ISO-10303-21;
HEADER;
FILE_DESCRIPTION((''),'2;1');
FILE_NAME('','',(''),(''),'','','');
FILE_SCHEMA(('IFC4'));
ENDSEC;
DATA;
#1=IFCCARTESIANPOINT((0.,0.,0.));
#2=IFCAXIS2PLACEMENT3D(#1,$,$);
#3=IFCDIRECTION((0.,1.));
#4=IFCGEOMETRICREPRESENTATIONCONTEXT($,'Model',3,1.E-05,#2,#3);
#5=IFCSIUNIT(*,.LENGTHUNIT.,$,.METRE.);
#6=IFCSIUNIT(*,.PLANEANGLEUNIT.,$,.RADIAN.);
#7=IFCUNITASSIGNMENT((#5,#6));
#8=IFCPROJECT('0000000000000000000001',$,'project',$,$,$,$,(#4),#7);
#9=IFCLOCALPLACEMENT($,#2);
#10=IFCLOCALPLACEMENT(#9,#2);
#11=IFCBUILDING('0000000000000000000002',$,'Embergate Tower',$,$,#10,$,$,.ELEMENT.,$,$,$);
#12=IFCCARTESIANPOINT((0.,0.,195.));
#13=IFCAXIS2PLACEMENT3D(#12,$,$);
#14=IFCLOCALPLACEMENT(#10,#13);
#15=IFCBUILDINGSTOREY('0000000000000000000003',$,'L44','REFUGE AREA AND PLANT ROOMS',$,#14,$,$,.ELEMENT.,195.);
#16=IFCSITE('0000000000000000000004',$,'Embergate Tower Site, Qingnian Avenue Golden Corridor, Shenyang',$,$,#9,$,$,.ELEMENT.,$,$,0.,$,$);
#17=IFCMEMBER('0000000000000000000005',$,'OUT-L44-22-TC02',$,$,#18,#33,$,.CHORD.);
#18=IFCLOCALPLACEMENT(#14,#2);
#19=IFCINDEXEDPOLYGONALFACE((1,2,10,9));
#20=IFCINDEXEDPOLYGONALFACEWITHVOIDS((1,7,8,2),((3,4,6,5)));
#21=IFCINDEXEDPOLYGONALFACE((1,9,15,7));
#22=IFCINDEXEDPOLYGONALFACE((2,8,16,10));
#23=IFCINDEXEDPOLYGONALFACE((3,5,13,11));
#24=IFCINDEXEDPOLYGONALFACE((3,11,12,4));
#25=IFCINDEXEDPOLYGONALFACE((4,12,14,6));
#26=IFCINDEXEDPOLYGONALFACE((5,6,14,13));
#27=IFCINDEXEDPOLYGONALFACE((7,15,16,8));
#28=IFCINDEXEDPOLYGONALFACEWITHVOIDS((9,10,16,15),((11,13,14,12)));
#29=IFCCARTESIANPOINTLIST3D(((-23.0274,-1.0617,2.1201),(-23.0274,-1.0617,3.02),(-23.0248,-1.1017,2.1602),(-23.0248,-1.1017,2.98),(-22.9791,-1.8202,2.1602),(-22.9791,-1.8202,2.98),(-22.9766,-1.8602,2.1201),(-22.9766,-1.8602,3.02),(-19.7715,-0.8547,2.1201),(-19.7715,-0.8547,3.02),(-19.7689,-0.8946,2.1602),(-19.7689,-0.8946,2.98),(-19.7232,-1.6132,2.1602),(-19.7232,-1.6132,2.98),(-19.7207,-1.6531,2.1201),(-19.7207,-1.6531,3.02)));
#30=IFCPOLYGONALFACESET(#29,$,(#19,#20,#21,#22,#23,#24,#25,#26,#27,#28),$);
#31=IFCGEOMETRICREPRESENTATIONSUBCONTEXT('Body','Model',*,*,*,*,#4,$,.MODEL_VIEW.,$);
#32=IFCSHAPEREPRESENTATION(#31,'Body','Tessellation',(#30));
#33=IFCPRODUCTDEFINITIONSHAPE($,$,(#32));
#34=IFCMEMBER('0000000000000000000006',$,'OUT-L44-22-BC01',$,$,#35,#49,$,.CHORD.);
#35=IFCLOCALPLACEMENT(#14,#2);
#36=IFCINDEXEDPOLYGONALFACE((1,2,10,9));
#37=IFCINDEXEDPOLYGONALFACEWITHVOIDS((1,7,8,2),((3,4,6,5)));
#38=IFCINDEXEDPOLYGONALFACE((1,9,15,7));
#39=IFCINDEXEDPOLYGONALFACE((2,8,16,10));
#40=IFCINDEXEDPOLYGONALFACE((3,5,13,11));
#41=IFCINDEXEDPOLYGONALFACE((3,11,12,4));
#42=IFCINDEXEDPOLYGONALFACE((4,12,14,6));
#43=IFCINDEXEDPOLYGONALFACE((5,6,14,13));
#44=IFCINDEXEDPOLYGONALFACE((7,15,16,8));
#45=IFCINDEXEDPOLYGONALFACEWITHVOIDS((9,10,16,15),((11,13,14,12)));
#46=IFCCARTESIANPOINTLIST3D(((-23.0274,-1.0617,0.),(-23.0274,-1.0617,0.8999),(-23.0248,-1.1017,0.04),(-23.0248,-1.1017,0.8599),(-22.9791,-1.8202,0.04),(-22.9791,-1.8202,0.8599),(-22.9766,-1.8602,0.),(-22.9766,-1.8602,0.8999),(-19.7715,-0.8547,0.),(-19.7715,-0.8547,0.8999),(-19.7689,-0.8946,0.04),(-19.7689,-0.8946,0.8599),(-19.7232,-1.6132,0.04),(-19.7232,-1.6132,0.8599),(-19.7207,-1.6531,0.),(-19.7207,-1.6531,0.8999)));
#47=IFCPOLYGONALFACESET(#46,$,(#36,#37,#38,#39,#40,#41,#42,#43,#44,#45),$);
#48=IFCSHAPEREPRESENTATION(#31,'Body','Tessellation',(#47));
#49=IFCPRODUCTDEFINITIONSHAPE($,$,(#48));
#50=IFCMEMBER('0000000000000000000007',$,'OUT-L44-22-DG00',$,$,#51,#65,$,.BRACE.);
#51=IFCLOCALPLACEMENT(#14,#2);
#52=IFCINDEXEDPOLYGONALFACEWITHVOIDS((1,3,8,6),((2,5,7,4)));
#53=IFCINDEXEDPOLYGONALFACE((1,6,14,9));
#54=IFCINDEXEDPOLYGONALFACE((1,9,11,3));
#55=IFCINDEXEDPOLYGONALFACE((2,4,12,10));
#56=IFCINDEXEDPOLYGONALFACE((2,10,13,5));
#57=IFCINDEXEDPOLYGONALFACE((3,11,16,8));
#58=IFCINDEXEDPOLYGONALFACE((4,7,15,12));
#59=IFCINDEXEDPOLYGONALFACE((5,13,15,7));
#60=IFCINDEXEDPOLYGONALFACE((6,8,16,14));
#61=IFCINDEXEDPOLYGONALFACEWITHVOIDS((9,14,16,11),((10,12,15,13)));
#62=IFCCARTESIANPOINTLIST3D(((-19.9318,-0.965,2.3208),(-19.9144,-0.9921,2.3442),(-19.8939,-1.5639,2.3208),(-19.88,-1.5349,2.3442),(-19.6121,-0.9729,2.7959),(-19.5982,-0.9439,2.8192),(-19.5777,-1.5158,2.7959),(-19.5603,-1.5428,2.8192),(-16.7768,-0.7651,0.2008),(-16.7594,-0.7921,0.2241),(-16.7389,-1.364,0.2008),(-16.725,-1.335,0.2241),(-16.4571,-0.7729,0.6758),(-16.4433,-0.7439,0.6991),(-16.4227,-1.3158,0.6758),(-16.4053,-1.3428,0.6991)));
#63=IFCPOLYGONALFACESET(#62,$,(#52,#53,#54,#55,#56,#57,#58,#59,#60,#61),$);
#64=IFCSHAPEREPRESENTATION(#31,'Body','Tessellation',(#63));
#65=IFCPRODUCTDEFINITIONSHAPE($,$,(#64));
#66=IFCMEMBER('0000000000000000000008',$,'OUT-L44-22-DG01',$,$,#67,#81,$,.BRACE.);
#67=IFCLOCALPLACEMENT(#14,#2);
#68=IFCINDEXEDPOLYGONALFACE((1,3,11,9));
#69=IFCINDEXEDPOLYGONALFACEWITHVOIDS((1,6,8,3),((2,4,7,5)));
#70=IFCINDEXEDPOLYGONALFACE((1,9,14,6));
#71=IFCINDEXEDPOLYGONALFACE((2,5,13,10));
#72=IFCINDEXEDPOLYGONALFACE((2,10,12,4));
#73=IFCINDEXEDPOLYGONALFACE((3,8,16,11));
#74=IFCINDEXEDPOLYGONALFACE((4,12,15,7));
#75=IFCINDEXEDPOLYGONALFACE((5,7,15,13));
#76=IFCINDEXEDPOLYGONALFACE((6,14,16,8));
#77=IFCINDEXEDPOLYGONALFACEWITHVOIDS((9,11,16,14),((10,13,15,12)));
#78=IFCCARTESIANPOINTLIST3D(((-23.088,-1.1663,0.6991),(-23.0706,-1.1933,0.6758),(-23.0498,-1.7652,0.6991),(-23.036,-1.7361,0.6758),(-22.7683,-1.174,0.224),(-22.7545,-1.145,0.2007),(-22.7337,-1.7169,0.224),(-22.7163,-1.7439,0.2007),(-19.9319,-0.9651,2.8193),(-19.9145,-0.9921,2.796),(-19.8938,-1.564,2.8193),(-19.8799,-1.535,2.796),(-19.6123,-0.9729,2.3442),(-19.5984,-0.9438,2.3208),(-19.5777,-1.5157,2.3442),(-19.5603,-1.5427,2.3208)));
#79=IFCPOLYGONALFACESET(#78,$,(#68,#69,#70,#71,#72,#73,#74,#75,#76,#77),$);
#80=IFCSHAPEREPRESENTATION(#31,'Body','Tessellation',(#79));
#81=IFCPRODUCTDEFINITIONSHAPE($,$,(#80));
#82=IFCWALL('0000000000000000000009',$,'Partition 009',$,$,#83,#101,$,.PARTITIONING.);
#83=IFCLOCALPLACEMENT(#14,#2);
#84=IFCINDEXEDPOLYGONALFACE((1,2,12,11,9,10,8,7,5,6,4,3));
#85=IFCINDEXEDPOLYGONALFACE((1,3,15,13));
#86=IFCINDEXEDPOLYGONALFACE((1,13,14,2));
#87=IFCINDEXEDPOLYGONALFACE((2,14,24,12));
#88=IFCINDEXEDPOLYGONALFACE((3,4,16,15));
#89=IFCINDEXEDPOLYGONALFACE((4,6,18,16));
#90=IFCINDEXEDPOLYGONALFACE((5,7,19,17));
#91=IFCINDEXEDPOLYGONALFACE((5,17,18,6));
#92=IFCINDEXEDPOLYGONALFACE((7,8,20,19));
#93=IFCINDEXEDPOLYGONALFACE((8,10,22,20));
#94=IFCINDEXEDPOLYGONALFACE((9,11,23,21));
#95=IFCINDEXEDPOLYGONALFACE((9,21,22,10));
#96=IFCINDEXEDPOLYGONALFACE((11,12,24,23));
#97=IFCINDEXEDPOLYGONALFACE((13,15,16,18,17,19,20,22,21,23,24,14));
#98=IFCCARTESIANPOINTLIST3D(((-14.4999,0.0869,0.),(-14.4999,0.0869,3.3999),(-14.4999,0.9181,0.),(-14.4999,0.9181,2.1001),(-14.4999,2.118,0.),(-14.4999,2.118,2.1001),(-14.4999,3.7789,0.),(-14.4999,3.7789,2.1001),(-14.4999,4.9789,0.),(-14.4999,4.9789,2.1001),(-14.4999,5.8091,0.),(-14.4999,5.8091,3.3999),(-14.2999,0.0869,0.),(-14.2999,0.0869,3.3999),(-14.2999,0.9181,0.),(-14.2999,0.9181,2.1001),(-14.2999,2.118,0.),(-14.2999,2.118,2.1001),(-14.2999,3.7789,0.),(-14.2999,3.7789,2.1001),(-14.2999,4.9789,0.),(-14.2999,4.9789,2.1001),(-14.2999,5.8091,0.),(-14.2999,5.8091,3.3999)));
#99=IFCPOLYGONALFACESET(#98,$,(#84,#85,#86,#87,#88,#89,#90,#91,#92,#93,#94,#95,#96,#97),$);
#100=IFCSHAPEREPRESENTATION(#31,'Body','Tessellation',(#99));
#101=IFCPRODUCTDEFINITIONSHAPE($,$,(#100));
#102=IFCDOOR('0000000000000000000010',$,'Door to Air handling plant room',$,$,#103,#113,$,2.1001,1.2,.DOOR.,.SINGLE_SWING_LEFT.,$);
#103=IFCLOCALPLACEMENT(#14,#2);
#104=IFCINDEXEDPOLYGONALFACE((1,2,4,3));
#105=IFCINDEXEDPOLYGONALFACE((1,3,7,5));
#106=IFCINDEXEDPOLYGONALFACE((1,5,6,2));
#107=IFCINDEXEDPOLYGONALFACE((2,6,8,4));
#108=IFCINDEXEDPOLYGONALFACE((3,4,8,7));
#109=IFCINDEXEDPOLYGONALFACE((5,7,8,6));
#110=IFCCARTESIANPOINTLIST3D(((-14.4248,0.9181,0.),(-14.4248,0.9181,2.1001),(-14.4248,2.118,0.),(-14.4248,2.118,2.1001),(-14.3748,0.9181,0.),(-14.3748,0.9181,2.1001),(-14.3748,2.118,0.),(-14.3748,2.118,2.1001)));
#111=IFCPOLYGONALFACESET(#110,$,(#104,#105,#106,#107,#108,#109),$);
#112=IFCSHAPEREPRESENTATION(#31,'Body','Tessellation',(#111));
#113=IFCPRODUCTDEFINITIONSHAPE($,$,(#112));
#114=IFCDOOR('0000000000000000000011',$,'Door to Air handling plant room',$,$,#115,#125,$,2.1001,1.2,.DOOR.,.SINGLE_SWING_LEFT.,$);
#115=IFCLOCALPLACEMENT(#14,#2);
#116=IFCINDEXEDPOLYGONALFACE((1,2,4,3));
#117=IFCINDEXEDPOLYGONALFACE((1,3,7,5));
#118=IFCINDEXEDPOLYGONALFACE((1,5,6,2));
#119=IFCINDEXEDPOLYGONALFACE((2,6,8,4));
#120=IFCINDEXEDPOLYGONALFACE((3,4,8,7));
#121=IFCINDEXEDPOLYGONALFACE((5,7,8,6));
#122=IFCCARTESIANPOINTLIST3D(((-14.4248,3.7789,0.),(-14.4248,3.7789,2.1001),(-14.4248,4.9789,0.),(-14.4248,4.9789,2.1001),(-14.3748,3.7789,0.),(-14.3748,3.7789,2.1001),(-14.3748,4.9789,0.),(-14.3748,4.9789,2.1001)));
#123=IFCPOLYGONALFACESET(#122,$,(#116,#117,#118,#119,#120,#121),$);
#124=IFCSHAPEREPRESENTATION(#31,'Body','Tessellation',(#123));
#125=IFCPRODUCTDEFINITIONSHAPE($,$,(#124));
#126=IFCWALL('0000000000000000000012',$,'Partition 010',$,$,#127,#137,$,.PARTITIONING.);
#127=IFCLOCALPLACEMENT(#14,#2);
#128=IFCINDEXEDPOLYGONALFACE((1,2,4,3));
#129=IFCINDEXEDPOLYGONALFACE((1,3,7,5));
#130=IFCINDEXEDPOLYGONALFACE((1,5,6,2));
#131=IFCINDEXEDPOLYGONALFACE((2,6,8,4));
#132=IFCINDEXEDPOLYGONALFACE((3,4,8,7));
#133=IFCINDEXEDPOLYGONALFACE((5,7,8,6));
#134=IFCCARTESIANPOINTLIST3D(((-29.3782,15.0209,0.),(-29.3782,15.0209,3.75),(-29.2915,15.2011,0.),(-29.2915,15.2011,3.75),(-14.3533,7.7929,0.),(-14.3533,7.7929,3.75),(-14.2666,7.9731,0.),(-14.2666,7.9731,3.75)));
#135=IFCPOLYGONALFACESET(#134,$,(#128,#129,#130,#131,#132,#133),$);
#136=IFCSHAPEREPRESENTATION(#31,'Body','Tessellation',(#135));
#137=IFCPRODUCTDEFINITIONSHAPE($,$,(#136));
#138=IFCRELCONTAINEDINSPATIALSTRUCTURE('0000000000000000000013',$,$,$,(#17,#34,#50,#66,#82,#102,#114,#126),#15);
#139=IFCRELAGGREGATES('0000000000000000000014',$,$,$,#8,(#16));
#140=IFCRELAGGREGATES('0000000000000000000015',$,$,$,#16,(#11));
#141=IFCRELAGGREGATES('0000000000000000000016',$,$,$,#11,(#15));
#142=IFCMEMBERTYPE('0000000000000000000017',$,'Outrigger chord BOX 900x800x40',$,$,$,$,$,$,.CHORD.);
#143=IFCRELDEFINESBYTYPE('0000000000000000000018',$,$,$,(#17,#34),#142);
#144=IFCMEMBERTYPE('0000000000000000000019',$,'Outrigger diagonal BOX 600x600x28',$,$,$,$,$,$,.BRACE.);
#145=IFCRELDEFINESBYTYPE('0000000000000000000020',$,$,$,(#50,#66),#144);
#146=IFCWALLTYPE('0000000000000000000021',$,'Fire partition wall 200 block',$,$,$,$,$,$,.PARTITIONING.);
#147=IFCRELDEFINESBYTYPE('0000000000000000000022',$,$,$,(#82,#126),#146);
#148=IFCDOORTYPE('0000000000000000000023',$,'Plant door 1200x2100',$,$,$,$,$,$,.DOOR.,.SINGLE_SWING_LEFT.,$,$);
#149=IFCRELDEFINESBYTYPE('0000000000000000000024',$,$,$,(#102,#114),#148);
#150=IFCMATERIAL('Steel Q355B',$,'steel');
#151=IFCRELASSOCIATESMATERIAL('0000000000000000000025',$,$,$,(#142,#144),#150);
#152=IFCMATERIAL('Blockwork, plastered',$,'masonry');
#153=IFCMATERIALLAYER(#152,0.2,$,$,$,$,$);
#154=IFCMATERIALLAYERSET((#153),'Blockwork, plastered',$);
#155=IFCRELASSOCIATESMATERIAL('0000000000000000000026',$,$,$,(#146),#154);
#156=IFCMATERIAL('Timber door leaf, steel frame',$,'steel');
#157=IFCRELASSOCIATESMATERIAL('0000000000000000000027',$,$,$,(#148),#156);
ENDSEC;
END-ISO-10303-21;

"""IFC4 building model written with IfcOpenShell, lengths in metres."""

from ifc_helpers import new_model, si_unit, direction, frame, frame_2d, origin, origin_2d, place, context, subcontext, project, spatial, rectangle, hollow_rectangle, extrude, source, transform, mapped, material, layer, layer_set, material_profile, profile_set, type_object, element, fill, save


model = new_model("IFC4")

# Units and contexts
model_context = context("Model", 3, precision=1e-05, world=origin(), true_north=direction((0.0, 1.0)))
body_context = subcontext(model_context, "Body", "Model", "MODEL_VIEW")
ifc_project = project(units=[si_unit("LENGTHUNIT", "METRE"), si_unit("PLANEANGLEUNIT", "RADIAN")], contexts=[model_context])

# Site, building, storey
site_placement = place(None, origin())
site = spatial("IfcSite", under=ifc_project, at=site_placement, Name="Embergate Tower Site, Qingnian Avenue Golden Corridor, Shenyang", CompositionType="ELEMENT", RefElevation=0.0)
building_placement = place(site_placement, origin())
building = spatial("IfcBuilding", under=site, at=building_placement, Name="Embergate Tower", CompositionType="ELEMENT")
storey_placement = place(building_placement, frame((0.0, 0.0, 195.0)))
storey = spatial("IfcBuildingStorey", under=building, at=storey_placement, Name="L44", Description="REFUGE AREA AND PLANT ROOMS", CompositionType="ELEMENT", Elevation=195.0)

# Members
ifc_material_1 = material(Name="Steel Q355B", Category="steel")
ifc_material_profile_1 = material_profile(ifc_material_1, hollow_rectangle(XDim=0.8, YDim=0.8999, WallThickness=0.04, at=origin_2d()), Name="BOX 900x800x40")
ifc_profile_set_1 = profile_set([ifc_material_profile_1], Name="Steel Q355 grade B")
member_type_1 = type_object("IfcMemberType", Name="Outrigger chord BOX 900x800x40", PredefinedType="CHORD", material=ifc_profile_set_1)
ifc_material_profile_2 = material_profile(ifc_material_1, hollow_rectangle(XDim=0.6001, YDim=0.6001, WallThickness=0.0281, at=origin_2d()), Name="BOX 600x600x28")
ifc_profile_set_2 = profile_set([ifc_material_profile_2], Name="Steel Q355 grade B")
member_type_2 = type_object("IfcMemberType", Name="Outrigger diagonal BOX 600x600x28", PredefinedType="BRACE", material=ifc_profile_set_2)
shared_shape_1 = source(origin(), body_context, "Body", "SweptSolid", [
    extrude(hollow_rectangle(XDim=0.8, YDim=0.8999, WallThickness=0.04, at=origin_2d()), origin(), (0.0, 0.0, 1.0), 3.2625),
])
for number, where, z_axis, x_axis, name in (
    (1, (-19.7461, -1.2539, 2.5701), (-0.997984, -0.063459, 0.0), (0.063459, -0.997984, 0.0), "OUT-L44-22-TC02"),
    (2, (-19.7461, -1.2539, 0.45), (-0.997984, -0.063459, 0.0), (0.063459, -0.997984, 0.0), "OUT-L44-22-BC01"),
):
    element("IfcMember", number, at=place(storey_placement, frame(where, z_axis=z_axis, x_axis=x_axis)), inside=storey, type_object=member_type_1, Name=name, PredefinedType="CHORD", context=body_context, shape_type="MappedRepresentation", body=[
        mapped(shared_shape_1, transform((0.0, 0.0, 0.0))),
    ])
shared_shape_2 = source(origin(), body_context, "Body", "SweptSolid", [
    extrude(hollow_rectangle(XDim=0.6001, YDim=0.6001, WallThickness=0.0281, at=origin_2d()), origin(), (0.0, 0.0, 1.0), 3.8064),
])
member_1_placement = place(storey_placement, frame((-16.5911, -1.054, 0.45), z_axis=(-0.828863, -0.05253, 0.55698), x_axis=(0.063248, -0.997998, 0.0)))
element("IfcMember", 3, at=member_1_placement, inside=storey, type_object=member_type_2, Name="OUT-L44-22-DG00", PredefinedType="BRACE", context=body_context, shape_type="MappedRepresentation", body=[
    mapped(shared_shape_2, transform((0.0, 0.0, 0.0))),
])
shared_shape_3 = source(origin(), body_context, "Body", "SweptSolid", [
    extrude(hollow_rectangle(XDim=0.6001, YDim=0.6001, WallThickness=0.0281, at=origin_2d()), origin(), (0.0, 0.0, 1.0), 3.8074),
])
member_2_placement = place(storey_placement, frame((-19.7461, -1.2539, 2.5701), z_axis=(-0.82893, -0.052838, -0.556852), x_axis=(0.063613, -0.997975, 0.0)))
element("IfcMember", 4, at=member_2_placement, inside=storey, type_object=member_type_2, Name="OUT-L44-22-DG01", PredefinedType="BRACE", context=body_context, shape_type="MappedRepresentation", body=[
    mapped(shared_shape_3, transform((0.0, 0.0, 0.0))),
])

# Wall, openings, doors
ifc_material_2 = material(Name="Blockwork, plastered", Category="masonry")
ifc_layer = layer(ifc_material_2, 0.2)
ifc_layer_set = layer_set([ifc_layer], Name="Blockwork, plastered")
wall_type = type_object("IfcWallType", Name="Fire partition wall 200 block", PredefinedType="PARTITIONING", material=ifc_layer_set)
shared_shape_4 = source(origin(), body_context, "Body", "SweptSolid", [
    extrude(rectangle(XDim=5.7222, YDim=0.2, at=frame_2d((2.8611, 0.0))), origin(), (0.0, 0.0, 1.0), 3.3999),
])
wall_1_placement = place(storey_placement, frame((-14.3999, 0.0869, 0.0), z_axis=(0.0, 0.0, 1.0), x_axis=(0.0, 1.0, 0.0)))
wall_1 = element("IfcWall", 5, at=wall_1_placement, inside=storey, type_object=wall_type, Name="Partition 009", PredefinedType="PARTITIONING", context=body_context, shape_type="MappedRepresentation", body=[
    mapped(shared_shape_4, transform((0.0, 0.0, 0.0))),
])
shared_shape_5 = source(origin(), body_context, "Body", "SweptSolid", [
    extrude(rectangle(XDim=1.2, YDim=2.1001, at=frame_2d((0.6001, 1.05))), frame((0.0, 0.1099, 0.0), z_axis=(0.0, -1.0, 0.0), x_axis=(1.0, 0.0, 0.0)), (0.0, 0.0, 1.0), 0.22),
])
opening_1_placement = place(wall_1_placement, frame((0.8311, 0.0, 0.0)))
opening_1 = element("IfcOpeningElement", 6, at=opening_1_placement, cuts=wall_1, PredefinedType="OPENING", context=body_context, shape_type="MappedRepresentation", body=[
    mapped(shared_shape_5, transform((0.0, 0.0, 0.0))),
])
opening_2_placement = place(wall_1_placement, frame((3.6919, 0.0, 0.0)))
opening_2 = element("IfcOpeningElement", 7, at=opening_2_placement, cuts=wall_1, PredefinedType="OPENING", context=body_context, shape_type="MappedRepresentation", body=[
    mapped(shared_shape_5, transform((0.0, 0.0, 0.0))),
])
ifc_material_3 = material(Name="Timber door leaf, steel frame", Category="steel")
door_type_1 = type_object("IfcDoorType", Name="Plant door 1200x2100", OperationType="SINGLE_SWING_LEFT", PredefinedType="DOOR", material=ifc_material_3)
shared_shape_6 = source(origin(), body_context, "Body", "SweptSolid", [
    extrude(rectangle(XDim=1.2, YDim=2.1001, at=frame_2d((0.6001, 1.05))), frame((0.0, 0.0249, 0.0), z_axis=(0.0, -1.0, 0.0), x_axis=(1.0, 0.0, 0.0)), (0.0, 0.0, 1.0), 0.05),
])
door_1_placement = place(opening_1_placement, origin())
door_1 = element("IfcDoor", 8, at=door_1_placement, inside=storey, type_object=door_type_1, Name="Door to Air handling plant room", OperationType="SINGLE_SWING_LEFT", OverallHeight=2.1001, OverallWidth=1.2, PredefinedType="DOOR", context=body_context, shape_type="MappedRepresentation", body=[
    mapped(shared_shape_6, transform((0.0, 0.0, 0.0))),
])
fill(opening_1, door_1)
door_2_placement = place(opening_2_placement, origin())
door_2 = element("IfcDoor", 9, at=door_2_placement, inside=storey, type_object=door_type_1, Name="Door to Air handling plant room", OperationType="SINGLE_SWING_LEFT", OverallHeight=2.1001, OverallWidth=1.2, PredefinedType="DOOR", context=body_context, shape_type="MappedRepresentation", body=[
    mapped(shared_shape_6, transform((0.0, 0.0, 0.0))),
])
fill(opening_2, door_2)

# Wall
shared_shape_7 = source(origin(), body_context, "Body", "SweptSolid", [
    extrude(rectangle(XDim=16.6731, YDim=0.2, at=frame_2d((8.3364, 0.0))), origin(), (0.0, 0.0, 1.0), 3.75),
])
wall_2_placement = place(storey_placement, frame((-14.3101, 7.8831, 0.0), z_axis=(0.0, 0.0, 1.0), x_axis=(-0.901147, 0.433514, 0.0)))
element("IfcWall", 10, at=wall_2_placement, inside=storey, type_object=wall_type, Name="Partition 010", PredefinedType="PARTITIONING", context=body_context, shape_type="MappedRepresentation", body=[
    mapped(shared_shape_7, transform((0.0, 0.0, 0.0))),
])

save(model, "model.ifc")
